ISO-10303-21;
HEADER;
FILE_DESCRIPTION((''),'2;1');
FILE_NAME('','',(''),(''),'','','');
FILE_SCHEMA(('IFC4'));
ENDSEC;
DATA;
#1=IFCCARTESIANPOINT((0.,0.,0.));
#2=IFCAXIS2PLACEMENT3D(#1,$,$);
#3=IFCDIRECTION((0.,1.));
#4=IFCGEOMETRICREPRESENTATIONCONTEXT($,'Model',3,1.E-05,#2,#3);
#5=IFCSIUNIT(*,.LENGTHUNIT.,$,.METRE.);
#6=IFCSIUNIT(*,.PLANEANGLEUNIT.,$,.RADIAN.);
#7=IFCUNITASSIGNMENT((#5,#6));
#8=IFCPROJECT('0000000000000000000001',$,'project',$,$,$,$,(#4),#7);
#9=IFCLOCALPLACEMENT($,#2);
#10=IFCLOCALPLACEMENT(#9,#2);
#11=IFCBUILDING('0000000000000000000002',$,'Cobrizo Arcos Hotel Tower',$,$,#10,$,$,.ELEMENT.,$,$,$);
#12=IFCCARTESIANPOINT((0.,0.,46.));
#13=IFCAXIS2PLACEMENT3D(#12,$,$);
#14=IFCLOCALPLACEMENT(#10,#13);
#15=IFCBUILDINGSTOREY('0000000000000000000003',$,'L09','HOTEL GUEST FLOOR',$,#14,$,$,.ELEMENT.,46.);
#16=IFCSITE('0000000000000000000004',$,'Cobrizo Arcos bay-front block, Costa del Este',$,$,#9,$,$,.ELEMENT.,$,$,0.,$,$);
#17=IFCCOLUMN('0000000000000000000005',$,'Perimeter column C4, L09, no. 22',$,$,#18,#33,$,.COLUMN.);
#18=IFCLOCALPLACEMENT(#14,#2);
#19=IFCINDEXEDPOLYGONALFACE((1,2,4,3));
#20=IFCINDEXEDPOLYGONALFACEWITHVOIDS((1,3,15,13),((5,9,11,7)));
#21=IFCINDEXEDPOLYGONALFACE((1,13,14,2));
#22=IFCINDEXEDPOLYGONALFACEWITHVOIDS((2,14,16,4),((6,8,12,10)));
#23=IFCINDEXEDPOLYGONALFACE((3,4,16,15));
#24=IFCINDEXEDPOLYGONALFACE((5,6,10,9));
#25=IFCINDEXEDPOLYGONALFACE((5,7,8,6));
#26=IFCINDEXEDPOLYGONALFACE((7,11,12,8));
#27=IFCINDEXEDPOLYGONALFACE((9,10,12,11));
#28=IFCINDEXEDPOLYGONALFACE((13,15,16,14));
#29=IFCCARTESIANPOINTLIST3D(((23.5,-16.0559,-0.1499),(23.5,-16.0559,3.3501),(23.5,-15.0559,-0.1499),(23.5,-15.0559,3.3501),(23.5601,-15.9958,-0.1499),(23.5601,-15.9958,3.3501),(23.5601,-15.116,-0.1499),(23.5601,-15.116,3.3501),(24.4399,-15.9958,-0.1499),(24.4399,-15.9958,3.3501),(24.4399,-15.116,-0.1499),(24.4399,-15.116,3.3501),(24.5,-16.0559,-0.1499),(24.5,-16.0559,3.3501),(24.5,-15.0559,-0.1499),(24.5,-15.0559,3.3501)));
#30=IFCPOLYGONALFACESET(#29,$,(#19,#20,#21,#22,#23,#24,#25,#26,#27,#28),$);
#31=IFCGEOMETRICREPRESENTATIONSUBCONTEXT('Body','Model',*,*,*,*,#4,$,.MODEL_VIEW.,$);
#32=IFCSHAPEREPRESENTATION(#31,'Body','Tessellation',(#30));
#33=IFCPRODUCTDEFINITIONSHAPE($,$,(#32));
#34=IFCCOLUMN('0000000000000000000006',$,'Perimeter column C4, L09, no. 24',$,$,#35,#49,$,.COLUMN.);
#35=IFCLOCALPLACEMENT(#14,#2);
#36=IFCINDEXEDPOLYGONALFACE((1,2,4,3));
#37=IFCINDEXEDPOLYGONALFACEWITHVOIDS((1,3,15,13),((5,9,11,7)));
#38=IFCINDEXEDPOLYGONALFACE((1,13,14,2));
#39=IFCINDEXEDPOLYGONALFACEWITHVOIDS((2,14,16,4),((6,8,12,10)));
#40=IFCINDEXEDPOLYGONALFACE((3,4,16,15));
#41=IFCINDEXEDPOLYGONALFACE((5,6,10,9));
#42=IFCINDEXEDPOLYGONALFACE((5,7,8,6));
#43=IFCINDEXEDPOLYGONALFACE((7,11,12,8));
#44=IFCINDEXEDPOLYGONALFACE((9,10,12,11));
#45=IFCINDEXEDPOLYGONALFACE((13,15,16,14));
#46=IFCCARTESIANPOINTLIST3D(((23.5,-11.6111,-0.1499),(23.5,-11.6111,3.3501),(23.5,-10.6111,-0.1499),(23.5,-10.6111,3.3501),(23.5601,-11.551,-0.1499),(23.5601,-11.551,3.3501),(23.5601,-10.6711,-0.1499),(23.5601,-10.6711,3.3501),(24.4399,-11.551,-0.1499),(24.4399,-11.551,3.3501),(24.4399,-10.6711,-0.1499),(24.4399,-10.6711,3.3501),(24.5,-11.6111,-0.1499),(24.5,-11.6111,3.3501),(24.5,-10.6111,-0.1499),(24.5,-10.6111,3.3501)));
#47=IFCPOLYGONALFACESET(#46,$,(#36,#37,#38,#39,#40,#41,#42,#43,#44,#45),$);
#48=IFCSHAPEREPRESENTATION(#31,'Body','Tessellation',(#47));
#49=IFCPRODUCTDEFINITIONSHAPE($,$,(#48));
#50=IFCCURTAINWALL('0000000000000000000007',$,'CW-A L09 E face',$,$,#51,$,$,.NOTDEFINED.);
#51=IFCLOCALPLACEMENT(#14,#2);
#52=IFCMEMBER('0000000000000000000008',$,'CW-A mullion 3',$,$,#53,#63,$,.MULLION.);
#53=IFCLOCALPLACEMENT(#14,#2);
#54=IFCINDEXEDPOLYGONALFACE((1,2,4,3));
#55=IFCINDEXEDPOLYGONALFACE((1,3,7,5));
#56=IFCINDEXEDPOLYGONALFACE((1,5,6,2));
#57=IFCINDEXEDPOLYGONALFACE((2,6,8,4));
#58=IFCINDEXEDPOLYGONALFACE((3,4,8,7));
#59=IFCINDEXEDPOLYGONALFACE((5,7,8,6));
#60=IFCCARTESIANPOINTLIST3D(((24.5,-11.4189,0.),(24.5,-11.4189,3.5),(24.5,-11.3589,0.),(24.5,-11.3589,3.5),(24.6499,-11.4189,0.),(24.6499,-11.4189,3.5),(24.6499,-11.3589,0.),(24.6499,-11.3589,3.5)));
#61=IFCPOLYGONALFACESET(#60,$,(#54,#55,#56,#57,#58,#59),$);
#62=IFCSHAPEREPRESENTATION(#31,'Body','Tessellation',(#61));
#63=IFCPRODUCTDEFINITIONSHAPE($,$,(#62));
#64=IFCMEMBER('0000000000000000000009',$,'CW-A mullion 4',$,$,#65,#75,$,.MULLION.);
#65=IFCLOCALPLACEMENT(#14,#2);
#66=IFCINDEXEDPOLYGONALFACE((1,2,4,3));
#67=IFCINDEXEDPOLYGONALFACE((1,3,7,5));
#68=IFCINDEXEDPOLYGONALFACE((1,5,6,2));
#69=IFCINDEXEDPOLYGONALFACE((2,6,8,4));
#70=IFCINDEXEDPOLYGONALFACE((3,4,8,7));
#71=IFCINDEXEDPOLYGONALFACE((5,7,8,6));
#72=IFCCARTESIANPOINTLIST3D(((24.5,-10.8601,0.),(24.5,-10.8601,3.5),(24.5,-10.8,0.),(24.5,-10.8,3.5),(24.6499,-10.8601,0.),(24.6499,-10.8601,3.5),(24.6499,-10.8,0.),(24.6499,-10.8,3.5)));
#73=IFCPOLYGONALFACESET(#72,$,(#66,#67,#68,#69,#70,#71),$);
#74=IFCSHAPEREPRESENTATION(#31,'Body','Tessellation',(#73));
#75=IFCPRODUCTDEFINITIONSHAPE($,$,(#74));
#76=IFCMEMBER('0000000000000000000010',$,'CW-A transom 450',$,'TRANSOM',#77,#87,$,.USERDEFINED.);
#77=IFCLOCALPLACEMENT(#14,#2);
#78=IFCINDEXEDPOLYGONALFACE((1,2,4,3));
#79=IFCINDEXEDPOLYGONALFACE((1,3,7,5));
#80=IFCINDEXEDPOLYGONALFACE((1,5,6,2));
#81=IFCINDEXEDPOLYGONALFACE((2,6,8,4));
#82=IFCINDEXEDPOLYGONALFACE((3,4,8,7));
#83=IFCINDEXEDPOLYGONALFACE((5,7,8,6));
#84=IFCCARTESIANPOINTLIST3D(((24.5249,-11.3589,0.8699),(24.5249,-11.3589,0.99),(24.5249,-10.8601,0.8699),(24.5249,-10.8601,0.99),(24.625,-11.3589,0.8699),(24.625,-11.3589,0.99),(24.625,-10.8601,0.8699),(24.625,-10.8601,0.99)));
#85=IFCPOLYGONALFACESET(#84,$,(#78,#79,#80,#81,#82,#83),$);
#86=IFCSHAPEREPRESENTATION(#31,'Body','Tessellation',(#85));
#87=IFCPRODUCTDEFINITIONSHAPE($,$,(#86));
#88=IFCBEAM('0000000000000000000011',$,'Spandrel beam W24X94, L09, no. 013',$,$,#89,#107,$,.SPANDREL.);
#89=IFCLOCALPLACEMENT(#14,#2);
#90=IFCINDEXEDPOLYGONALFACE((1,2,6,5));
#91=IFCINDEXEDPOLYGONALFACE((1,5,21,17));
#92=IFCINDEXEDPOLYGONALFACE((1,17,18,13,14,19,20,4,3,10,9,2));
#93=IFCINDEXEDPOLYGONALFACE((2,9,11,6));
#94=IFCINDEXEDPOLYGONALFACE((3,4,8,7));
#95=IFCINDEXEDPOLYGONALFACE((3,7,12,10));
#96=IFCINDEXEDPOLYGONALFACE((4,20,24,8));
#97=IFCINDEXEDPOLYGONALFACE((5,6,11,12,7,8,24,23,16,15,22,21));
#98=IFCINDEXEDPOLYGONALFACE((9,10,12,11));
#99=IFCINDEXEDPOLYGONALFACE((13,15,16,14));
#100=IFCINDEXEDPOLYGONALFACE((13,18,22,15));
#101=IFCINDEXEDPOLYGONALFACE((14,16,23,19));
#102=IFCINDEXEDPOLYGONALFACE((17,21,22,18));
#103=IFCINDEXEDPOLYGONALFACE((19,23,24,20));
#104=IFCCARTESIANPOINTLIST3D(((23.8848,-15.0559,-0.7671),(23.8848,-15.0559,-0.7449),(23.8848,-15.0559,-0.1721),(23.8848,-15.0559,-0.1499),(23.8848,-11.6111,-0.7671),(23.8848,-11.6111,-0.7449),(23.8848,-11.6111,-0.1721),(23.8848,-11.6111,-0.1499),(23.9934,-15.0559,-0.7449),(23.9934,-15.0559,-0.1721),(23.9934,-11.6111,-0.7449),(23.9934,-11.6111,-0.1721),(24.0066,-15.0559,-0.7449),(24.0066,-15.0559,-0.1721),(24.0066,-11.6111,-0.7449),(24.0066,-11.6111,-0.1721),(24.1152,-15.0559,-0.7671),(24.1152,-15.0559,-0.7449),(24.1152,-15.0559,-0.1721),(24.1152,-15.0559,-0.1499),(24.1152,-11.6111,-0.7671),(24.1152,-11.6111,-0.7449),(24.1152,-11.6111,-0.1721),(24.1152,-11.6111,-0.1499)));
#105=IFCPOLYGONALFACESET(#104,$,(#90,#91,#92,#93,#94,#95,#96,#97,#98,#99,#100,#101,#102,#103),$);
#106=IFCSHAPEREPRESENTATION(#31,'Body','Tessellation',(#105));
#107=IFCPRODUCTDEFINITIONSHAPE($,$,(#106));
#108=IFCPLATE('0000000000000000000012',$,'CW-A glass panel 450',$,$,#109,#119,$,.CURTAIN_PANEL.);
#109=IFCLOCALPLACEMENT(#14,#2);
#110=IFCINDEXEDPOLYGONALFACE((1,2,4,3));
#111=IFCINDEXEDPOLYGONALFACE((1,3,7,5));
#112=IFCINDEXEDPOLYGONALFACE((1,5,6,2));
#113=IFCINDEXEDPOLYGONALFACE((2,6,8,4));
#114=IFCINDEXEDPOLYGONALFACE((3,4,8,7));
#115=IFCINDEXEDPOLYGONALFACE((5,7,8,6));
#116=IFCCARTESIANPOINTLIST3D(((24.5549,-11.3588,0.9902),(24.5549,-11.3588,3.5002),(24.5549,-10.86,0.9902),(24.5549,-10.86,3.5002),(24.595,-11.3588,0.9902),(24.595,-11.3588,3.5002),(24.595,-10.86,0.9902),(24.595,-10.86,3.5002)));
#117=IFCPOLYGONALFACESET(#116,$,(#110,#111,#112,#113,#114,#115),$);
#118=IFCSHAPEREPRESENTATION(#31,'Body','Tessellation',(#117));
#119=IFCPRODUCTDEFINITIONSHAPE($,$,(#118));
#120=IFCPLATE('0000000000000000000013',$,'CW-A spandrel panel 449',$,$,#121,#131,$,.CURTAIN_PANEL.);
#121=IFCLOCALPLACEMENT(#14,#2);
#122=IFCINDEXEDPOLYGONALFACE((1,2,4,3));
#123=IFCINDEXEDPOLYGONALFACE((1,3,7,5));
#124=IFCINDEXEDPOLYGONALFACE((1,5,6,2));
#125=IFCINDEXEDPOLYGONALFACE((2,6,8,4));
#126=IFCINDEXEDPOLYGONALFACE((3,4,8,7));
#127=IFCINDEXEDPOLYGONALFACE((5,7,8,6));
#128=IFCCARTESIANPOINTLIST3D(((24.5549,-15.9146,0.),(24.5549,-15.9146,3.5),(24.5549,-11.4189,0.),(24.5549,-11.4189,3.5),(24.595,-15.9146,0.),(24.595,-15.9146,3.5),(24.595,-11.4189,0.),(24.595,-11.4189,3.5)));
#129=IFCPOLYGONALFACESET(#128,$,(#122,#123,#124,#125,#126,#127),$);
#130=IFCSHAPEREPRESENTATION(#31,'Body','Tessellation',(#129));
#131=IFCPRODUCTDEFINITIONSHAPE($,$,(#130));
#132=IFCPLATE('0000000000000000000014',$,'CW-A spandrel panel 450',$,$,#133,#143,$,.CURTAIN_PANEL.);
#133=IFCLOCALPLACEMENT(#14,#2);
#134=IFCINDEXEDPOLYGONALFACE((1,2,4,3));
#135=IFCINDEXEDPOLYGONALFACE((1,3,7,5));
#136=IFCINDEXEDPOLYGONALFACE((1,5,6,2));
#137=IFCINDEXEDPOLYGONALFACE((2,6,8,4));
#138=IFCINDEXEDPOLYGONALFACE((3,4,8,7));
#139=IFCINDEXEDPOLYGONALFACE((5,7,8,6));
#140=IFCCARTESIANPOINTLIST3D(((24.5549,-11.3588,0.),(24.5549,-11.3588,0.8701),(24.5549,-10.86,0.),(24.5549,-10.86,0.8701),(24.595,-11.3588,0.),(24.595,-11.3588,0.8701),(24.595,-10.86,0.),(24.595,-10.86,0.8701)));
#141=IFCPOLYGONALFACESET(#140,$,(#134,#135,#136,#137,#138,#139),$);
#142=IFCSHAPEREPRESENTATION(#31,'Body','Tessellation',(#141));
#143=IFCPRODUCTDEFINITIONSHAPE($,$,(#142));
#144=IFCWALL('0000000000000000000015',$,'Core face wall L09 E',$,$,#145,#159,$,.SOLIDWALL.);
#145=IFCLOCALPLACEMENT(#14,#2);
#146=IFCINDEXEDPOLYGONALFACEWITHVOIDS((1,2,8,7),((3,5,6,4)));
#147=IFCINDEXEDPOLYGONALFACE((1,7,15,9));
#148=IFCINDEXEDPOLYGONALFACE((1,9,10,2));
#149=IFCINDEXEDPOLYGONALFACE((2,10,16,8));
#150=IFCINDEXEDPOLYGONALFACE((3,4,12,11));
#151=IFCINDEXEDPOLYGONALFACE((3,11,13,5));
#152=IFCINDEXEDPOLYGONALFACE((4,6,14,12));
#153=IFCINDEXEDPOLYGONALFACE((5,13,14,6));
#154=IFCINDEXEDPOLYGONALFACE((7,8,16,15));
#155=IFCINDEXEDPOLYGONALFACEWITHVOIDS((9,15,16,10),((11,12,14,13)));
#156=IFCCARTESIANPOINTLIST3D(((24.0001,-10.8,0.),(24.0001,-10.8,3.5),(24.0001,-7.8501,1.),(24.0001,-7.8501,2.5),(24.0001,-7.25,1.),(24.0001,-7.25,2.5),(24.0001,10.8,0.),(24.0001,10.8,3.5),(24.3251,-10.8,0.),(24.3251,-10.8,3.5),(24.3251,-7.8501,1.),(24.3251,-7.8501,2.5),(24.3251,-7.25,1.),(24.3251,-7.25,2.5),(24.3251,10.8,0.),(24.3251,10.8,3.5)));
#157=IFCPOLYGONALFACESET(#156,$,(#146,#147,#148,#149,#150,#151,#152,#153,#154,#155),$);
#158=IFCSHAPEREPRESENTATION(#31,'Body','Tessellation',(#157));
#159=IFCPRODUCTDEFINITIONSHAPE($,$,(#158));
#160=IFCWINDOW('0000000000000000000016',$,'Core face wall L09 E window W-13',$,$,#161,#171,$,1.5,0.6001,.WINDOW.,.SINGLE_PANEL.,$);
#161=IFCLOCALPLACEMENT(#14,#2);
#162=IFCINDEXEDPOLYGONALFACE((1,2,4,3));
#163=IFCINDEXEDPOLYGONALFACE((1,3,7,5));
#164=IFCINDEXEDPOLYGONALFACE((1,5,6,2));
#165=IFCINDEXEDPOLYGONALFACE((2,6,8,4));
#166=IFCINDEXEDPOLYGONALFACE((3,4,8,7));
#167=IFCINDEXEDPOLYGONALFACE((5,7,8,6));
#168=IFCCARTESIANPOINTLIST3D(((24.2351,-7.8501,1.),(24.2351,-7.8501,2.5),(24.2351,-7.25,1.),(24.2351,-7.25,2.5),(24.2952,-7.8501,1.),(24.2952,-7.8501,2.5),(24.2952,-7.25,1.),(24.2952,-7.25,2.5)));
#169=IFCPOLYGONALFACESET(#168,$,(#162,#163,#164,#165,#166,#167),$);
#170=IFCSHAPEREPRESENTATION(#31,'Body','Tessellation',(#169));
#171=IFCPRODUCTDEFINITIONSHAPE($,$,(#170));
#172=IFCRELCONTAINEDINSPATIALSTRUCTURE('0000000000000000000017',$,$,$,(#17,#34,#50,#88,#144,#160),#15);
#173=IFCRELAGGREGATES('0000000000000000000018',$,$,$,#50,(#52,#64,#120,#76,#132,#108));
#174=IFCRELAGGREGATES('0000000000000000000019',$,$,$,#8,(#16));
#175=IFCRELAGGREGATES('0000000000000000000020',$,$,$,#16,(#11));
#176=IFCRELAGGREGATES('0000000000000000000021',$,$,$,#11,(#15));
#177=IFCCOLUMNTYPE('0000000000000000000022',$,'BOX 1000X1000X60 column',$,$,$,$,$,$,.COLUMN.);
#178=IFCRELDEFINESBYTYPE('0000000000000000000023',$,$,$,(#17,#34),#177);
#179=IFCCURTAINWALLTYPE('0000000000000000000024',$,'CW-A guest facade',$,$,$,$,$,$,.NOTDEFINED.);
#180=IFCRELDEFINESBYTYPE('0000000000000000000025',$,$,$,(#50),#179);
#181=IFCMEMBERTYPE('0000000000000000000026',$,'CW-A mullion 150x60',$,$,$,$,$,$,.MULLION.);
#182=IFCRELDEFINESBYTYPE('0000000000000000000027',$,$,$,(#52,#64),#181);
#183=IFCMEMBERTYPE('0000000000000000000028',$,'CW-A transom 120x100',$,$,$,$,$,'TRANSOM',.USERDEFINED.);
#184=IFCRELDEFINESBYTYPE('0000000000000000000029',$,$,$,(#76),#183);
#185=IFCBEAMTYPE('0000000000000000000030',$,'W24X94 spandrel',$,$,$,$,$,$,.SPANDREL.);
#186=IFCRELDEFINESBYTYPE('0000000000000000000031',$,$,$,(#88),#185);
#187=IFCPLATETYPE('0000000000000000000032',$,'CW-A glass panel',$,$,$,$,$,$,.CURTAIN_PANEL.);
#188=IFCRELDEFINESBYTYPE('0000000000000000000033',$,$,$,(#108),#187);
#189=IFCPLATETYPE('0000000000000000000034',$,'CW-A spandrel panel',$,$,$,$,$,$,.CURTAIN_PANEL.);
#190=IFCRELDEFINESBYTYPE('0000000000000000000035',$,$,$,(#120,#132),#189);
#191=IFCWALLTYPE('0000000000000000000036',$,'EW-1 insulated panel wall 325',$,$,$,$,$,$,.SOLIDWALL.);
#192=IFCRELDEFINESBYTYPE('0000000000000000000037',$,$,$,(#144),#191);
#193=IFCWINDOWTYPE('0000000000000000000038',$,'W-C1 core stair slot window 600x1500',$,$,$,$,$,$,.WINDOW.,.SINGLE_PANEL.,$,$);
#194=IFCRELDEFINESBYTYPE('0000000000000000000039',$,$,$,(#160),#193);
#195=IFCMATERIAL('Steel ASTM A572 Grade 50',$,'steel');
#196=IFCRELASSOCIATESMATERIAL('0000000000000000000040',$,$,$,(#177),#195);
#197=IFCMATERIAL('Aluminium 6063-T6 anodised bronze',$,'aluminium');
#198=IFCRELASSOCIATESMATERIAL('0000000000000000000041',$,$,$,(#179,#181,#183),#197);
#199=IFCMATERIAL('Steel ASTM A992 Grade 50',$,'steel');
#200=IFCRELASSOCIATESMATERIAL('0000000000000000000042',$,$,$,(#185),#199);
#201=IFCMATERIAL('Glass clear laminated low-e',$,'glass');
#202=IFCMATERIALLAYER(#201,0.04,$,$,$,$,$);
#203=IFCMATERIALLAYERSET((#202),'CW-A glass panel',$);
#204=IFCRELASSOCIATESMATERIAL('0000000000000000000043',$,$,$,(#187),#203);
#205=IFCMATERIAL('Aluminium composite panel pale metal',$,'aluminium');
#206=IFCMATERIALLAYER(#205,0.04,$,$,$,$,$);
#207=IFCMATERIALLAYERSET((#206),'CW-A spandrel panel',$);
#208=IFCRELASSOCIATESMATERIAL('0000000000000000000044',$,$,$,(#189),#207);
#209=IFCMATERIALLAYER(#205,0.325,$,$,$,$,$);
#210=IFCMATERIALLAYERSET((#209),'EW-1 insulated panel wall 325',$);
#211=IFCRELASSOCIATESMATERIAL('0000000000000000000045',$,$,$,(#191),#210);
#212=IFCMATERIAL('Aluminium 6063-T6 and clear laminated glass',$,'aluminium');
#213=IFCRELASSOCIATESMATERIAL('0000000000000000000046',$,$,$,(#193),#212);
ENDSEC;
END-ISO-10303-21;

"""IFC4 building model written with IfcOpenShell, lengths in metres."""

from ifc_helpers import new_model, si_unit, direction, frame, frame_2d, origin, origin_2d, place, context, subcontext, project, spatial, rectangle, hollow_rectangle, i_section, extrude, material, layer, layer_set, material_profile, profile_set, type_object, element, fill, aggregate, save


model = new_model("IFC4")

# Units and contexts
model_context = context("Model", 3, precision=1e-05, world=origin(), true_north=direction((0.0, 1.0)))
body_context = subcontext(model_context, "Body", "Model", "MODEL_VIEW")
ifc_project = project(units=[si_unit("LENGTHUNIT", "METRE"), si_unit("PLANEANGLEUNIT", "RADIAN")], contexts=[model_context])

# Site, building, storey
site_placement = place(None, origin())
site = spatial("IfcSite", under=ifc_project, at=site_placement, Name="Cobrizo Arcos bay-front block, Costa del Este", CompositionType="ELEMENT", RefElevation=0.0)
building_placement = place(site_placement, origin())
building = spatial("IfcBuilding", under=site, at=building_placement, Name="Cobrizo Arcos Hotel Tower", CompositionType="ELEMENT")
storey_placement = place(building_placement, frame((0.0, 0.0, 46.0)))
storey = spatial("IfcBuildingStorey", under=building, at=storey_placement, Name="L09", Description="HOTEL GUEST FLOOR", CompositionType="ELEMENT", Elevation=46.0)

# Columns
ifc_material_1 = material(Name="Steel ASTM A572 Grade 50", Category="steel")
ifc_material_profile_1 = material_profile(ifc_material_1, hollow_rectangle(XDim=1.0, YDim=1.0, WallThickness=0.0601, at=origin_2d()), Name="BOX 1000X1000X60")
ifc_profile_set_1 = profile_set([ifc_material_profile_1], Name="Steel ASTM A572 Grade 50")
column_type = type_object("IfcColumnType", Name="BOX 1000X1000X60 column", PredefinedType="COLUMN", material=ifc_profile_set_1)
for number, where, z_axis, x_axis, name in (
    (1, (24.0, -15.5559, -0.1499), (0.0, 0.0, 1.0), (1.0, 0.0, 0.0), "Perimeter column C4, L09, no. 22"),
    (2, (24.0, -11.1111, -0.1499), (0.0, 0.0, 1.0), (1.0, 0.0, 0.0), "Perimeter column C4, L09, no. 24"),
):
    element("IfcColumn", number, at=place(storey_placement, frame(where, z_axis=z_axis, x_axis=x_axis)), inside=storey, type_object=column_type, Name=name, PredefinedType="COLUMN", context=body_context, shape_type="SweptSolid", body=[
        extrude(hollow_rectangle(XDim=1.0, YDim=1.0, WallThickness=0.0601, at=origin_2d()), origin(), (0.0, 0.0, 1.0), 3.5),
    ])

# Curtain wall, members
ifc_material_2 = material(Name="Aluminium 6063-T6 anodised bronze", Category="aluminium")
curtain_wall_type = type_object("IfcCurtainWallType", Name="CW-A guest facade", PredefinedType="NOTDEFINED", material=ifc_material_2)
curtain_wall_placement = place(storey_placement, origin())
curtain_wall = element("IfcCurtainWall", 3, at=curtain_wall_placement, inside=storey, type_object=curtain_wall_type, Name="CW-A L09 E face", PredefinedType="NOTDEFINED")
ifc_material_profile_2 = material_profile(ifc_material_2, rectangle(XDim=0.1499, YDim=0.0601, at=origin_2d()), Name="CW-A mullion 150x60")
ifc_profile_set_2 = profile_set([ifc_material_profile_2], Name="Aluminium 6063-T6 anodised bronze")
member_type_1 = type_object("IfcMemberType", Name="CW-A mullion 150x60", PredefinedType="MULLION", material=ifc_profile_set_2)
member_1_placement = place(storey_placement, frame((24.575, -11.3889, 0.0), z_axis=(0.0, 0.0, 1.0), x_axis=(1.0, 0.0, 0.0)))
member_1 = element("IfcMember", 4, at=member_1_placement, type_object=member_type_1, Name="CW-A mullion 3", PredefinedType="MULLION", context=body_context, shape_type="SweptSolid", body=[
    extrude(rectangle(XDim=0.1499, YDim=0.0601, at=origin_2d()), origin(), (0.0, 0.0, 1.0), 3.5),
])
member_2_placement = place(storey_placement, frame((24.575, -10.8301, 0.0), z_axis=(0.0, 0.0, 1.0), x_axis=(1.0, 0.0, 0.0)))
member_2 = element("IfcMember", 5, at=member_2_placement, type_object=member_type_1, Name="CW-A mullion 4", PredefinedType="MULLION", context=body_context, shape_type="SweptSolid", body=[
    extrude(rectangle(XDim=0.1499, YDim=0.0601, at=origin_2d()), origin(), (0.0, 0.0, 1.0), 3.5),
])
ifc_material_profile_3 = material_profile(ifc_material_2, rectangle(XDim=0.1001, YDim=0.1201, at=origin_2d()), Name="CW-A transom 120x100")
ifc_profile_set_3 = profile_set([ifc_material_profile_3], Name="Aluminium 6063-T6 anodised bronze")
member_type_2 = type_object("IfcMemberType", Name="CW-A transom 120x100", ElementType="TRANSOM", PredefinedType="USERDEFINED", material=ifc_profile_set_3)
member_3_placement = place(storey_placement, frame((24.575, -11.3589, 0.9299), z_axis=(0.0, 1.0, 0.0), x_axis=(-1.0, 0.0, 0.0)))
member_3 = element("IfcMember", 6, at=member_3_placement, type_object=member_type_2, Name="CW-A transom 450", ObjectType="TRANSOM", PredefinedType="USERDEFINED", context=body_context, shape_type="SweptSolid", body=[
    extrude(rectangle(XDim=0.1001, YDim=0.1201, at=origin_2d()), origin(), (0.0, 0.0, 1.0), 0.4988),
])

# Beam
ifc_material_3 = material(Name="Steel ASTM A992 Grade 50", Category="steel")
ifc_material_profile_4 = material_profile(ifc_material_3, i_section(OverallWidth=0.2305, OverallDepth=0.6172, WebThickness=0.0132, FlangeThickness=0.0222, at=origin_2d()), Name="W24X94")
ifc_profile_set_4 = profile_set([ifc_material_profile_4], Name="Steel ASTM A992 Grade 50")
beam_type = type_object("IfcBeamType", Name="W24X94 spandrel", PredefinedType="SPANDREL", material=ifc_profile_set_4)
beam_placement = place(storey_placement, frame((24.0, -15.0559, -0.4585), z_axis=(0.0, 1.0, 0.0), x_axis=(-1.0, 0.0, 0.0)))
element("IfcBeam", 7, at=beam_placement, inside=storey, type_object=beam_type, Name="Spandrel beam W24X94, L09, no. 013", PredefinedType="SPANDREL", context=body_context, shape_type="SweptSolid", body=[
    extrude(i_section(OverallWidth=0.2305, OverallDepth=0.6172, WebThickness=0.0132, FlangeThickness=0.0222, at=origin_2d()), origin(), (0.0, 0.0, 1.0), 3.4448),
])

# Plates
ifc_material_4 = material(Name="Glass clear laminated low-e", Category="glass")
ifc_layer_1 = layer(ifc_material_4, 0.04)
ifc_layer_set_1 = layer_set([ifc_layer_1], Name="CW-A glass panel")
plate_type_1 = type_object("IfcPlateType", Name="CW-A glass panel", PredefinedType="CURTAIN_PANEL", material=ifc_layer_set_1)
plate_1_placement = place(storey_placement, frame((24.575, -11.1094, 0.9902), z_axis=(0.0, 0.0, 1.0), x_axis=(0.0, 1.0, 0.0)))
plate_1 = element("IfcPlate", 8, at=plate_1_placement, type_object=plate_type_1, Name="CW-A glass panel 450", PredefinedType="CURTAIN_PANEL", context=body_context, shape_type="SweptSolid", body=[
    extrude(rectangle(XDim=0.4988, YDim=0.04, at=origin_2d()), origin(), (0.0, 0.0, 1.0), 2.51),
])
ifc_material_5 = material(Name="Aluminium composite panel pale metal", Category="aluminium")
ifc_layer_2 = layer(ifc_material_5, 0.04)
ifc_layer_set_2 = layer_set([ifc_layer_2], Name="CW-A spandrel panel")
plate_type_2 = type_object("IfcPlateType", Name="CW-A spandrel panel", PredefinedType="CURTAIN_PANEL", material=ifc_layer_set_2)
plate_2_placement = place(storey_placement, frame((24.575, -13.6667, 0.0), z_axis=(0.0, 0.0, 1.0), x_axis=(0.0, 1.0, 0.0)))
plate_2 = element("IfcPlate", 9, at=plate_2_placement, type_object=plate_type_2, Name="CW-A spandrel panel 449", PredefinedType="CURTAIN_PANEL", context=body_context, shape_type="SweptSolid", body=[
    extrude(rectangle(XDim=4.4956, YDim=0.04, at=origin_2d()), origin(), (0.0, 0.0, 1.0), 3.5),
])
plate_3_placement = place(storey_placement, frame((24.575, -11.1094, 0.0), z_axis=(0.0, 0.0, 1.0), x_axis=(0.0, 1.0, 0.0)))
plate_3 = element("IfcPlate", 10, at=plate_3_placement, type_object=plate_type_2, Name="CW-A spandrel panel 450", PredefinedType="CURTAIN_PANEL", context=body_context, shape_type="SweptSolid", body=[
    extrude(rectangle(XDim=0.4988, YDim=0.04, at=origin_2d()), origin(), (0.0, 0.0, 1.0), 0.8701),
])
aggregate(curtain_wall, [member_1, member_2, plate_2, member_3, plate_3, plate_1])

# Wall, opening, window
ifc_layer_3 = layer(ifc_material_5, 0.325)
ifc_layer_set_3 = layer_set([ifc_layer_3], Name="EW-1 insulated panel wall 325")
wall_type_1 = type_object("IfcWallType", Name="EW-1 insulated panel wall 325", PredefinedType="SOLIDWALL", material=ifc_layer_set_3)
wall_1_placement = place(storey_placement, frame((24.1626, -10.8, 0.0), z_axis=(0.0, 0.0, 1.0), x_axis=(0.0, 1.0, 0.0)))
wall_1 = element("IfcWall", 11, at=wall_1_placement, inside=storey, type_object=wall_type_1, Name="Core face wall L09 E", PredefinedType="SOLIDWALL", context=body_context, shape_type="SweptSolid", body=[
    extrude(rectangle(XDim=21.6001, YDim=0.325, at=frame_2d((10.8, 0.0))), origin(), (0.0, 0.0, 1.0), 3.5),
])
opening_1_placement = place(wall_1_placement, frame((2.95, 0.0, 1.0)))
opening_1 = element("IfcOpeningElement", 12, at=opening_1_placement, cuts=wall_1, PredefinedType="OPENING", context=body_context, shape_type="SweptSolid", body=[
    extrude(rectangle(XDim=0.6001, YDim=1.5, at=frame_2d((0.3, 0.75))), frame((0.0, 0.1746, 0.0), z_axis=(0.0, -1.0, 0.0), x_axis=(1.0, 0.0, 0.0)), (0.0, 0.0, 1.0), 0.3489),
])
ifc_material_6 = material(Name="Aluminium 6063-T6 and clear laminated glass", Category="aluminium")
window_type = type_object("IfcWindowType", Name="W-C1 core stair slot window 600x1500", PartitioningType="SINGLE_PANEL", PredefinedType="WINDOW", material=ifc_material_6)
window_placement = place(opening_1_placement, origin())
window = element("IfcWindow", 13, at=window_placement, inside=storey, type_object=window_type, Name="Core face wall L09 E window W-13", OverallHeight=1.5, OverallWidth=0.6001, PartitioningType="SINGLE_PANEL", PredefinedType="WINDOW", context=body_context, shape_type="SweptSolid", body=[
    extrude(rectangle(XDim=0.6001, YDim=1.5, at=frame_2d((0.3, 0.75))), frame((0.0, -0.0725, 0.0), z_axis=(0.0, -1.0, 0.0), x_axis=(1.0, 0.0, 0.0)), (0.0, 0.0, 1.0), 0.0601),
])
fill(opening_1, window)

save(model, "model.ifc")
